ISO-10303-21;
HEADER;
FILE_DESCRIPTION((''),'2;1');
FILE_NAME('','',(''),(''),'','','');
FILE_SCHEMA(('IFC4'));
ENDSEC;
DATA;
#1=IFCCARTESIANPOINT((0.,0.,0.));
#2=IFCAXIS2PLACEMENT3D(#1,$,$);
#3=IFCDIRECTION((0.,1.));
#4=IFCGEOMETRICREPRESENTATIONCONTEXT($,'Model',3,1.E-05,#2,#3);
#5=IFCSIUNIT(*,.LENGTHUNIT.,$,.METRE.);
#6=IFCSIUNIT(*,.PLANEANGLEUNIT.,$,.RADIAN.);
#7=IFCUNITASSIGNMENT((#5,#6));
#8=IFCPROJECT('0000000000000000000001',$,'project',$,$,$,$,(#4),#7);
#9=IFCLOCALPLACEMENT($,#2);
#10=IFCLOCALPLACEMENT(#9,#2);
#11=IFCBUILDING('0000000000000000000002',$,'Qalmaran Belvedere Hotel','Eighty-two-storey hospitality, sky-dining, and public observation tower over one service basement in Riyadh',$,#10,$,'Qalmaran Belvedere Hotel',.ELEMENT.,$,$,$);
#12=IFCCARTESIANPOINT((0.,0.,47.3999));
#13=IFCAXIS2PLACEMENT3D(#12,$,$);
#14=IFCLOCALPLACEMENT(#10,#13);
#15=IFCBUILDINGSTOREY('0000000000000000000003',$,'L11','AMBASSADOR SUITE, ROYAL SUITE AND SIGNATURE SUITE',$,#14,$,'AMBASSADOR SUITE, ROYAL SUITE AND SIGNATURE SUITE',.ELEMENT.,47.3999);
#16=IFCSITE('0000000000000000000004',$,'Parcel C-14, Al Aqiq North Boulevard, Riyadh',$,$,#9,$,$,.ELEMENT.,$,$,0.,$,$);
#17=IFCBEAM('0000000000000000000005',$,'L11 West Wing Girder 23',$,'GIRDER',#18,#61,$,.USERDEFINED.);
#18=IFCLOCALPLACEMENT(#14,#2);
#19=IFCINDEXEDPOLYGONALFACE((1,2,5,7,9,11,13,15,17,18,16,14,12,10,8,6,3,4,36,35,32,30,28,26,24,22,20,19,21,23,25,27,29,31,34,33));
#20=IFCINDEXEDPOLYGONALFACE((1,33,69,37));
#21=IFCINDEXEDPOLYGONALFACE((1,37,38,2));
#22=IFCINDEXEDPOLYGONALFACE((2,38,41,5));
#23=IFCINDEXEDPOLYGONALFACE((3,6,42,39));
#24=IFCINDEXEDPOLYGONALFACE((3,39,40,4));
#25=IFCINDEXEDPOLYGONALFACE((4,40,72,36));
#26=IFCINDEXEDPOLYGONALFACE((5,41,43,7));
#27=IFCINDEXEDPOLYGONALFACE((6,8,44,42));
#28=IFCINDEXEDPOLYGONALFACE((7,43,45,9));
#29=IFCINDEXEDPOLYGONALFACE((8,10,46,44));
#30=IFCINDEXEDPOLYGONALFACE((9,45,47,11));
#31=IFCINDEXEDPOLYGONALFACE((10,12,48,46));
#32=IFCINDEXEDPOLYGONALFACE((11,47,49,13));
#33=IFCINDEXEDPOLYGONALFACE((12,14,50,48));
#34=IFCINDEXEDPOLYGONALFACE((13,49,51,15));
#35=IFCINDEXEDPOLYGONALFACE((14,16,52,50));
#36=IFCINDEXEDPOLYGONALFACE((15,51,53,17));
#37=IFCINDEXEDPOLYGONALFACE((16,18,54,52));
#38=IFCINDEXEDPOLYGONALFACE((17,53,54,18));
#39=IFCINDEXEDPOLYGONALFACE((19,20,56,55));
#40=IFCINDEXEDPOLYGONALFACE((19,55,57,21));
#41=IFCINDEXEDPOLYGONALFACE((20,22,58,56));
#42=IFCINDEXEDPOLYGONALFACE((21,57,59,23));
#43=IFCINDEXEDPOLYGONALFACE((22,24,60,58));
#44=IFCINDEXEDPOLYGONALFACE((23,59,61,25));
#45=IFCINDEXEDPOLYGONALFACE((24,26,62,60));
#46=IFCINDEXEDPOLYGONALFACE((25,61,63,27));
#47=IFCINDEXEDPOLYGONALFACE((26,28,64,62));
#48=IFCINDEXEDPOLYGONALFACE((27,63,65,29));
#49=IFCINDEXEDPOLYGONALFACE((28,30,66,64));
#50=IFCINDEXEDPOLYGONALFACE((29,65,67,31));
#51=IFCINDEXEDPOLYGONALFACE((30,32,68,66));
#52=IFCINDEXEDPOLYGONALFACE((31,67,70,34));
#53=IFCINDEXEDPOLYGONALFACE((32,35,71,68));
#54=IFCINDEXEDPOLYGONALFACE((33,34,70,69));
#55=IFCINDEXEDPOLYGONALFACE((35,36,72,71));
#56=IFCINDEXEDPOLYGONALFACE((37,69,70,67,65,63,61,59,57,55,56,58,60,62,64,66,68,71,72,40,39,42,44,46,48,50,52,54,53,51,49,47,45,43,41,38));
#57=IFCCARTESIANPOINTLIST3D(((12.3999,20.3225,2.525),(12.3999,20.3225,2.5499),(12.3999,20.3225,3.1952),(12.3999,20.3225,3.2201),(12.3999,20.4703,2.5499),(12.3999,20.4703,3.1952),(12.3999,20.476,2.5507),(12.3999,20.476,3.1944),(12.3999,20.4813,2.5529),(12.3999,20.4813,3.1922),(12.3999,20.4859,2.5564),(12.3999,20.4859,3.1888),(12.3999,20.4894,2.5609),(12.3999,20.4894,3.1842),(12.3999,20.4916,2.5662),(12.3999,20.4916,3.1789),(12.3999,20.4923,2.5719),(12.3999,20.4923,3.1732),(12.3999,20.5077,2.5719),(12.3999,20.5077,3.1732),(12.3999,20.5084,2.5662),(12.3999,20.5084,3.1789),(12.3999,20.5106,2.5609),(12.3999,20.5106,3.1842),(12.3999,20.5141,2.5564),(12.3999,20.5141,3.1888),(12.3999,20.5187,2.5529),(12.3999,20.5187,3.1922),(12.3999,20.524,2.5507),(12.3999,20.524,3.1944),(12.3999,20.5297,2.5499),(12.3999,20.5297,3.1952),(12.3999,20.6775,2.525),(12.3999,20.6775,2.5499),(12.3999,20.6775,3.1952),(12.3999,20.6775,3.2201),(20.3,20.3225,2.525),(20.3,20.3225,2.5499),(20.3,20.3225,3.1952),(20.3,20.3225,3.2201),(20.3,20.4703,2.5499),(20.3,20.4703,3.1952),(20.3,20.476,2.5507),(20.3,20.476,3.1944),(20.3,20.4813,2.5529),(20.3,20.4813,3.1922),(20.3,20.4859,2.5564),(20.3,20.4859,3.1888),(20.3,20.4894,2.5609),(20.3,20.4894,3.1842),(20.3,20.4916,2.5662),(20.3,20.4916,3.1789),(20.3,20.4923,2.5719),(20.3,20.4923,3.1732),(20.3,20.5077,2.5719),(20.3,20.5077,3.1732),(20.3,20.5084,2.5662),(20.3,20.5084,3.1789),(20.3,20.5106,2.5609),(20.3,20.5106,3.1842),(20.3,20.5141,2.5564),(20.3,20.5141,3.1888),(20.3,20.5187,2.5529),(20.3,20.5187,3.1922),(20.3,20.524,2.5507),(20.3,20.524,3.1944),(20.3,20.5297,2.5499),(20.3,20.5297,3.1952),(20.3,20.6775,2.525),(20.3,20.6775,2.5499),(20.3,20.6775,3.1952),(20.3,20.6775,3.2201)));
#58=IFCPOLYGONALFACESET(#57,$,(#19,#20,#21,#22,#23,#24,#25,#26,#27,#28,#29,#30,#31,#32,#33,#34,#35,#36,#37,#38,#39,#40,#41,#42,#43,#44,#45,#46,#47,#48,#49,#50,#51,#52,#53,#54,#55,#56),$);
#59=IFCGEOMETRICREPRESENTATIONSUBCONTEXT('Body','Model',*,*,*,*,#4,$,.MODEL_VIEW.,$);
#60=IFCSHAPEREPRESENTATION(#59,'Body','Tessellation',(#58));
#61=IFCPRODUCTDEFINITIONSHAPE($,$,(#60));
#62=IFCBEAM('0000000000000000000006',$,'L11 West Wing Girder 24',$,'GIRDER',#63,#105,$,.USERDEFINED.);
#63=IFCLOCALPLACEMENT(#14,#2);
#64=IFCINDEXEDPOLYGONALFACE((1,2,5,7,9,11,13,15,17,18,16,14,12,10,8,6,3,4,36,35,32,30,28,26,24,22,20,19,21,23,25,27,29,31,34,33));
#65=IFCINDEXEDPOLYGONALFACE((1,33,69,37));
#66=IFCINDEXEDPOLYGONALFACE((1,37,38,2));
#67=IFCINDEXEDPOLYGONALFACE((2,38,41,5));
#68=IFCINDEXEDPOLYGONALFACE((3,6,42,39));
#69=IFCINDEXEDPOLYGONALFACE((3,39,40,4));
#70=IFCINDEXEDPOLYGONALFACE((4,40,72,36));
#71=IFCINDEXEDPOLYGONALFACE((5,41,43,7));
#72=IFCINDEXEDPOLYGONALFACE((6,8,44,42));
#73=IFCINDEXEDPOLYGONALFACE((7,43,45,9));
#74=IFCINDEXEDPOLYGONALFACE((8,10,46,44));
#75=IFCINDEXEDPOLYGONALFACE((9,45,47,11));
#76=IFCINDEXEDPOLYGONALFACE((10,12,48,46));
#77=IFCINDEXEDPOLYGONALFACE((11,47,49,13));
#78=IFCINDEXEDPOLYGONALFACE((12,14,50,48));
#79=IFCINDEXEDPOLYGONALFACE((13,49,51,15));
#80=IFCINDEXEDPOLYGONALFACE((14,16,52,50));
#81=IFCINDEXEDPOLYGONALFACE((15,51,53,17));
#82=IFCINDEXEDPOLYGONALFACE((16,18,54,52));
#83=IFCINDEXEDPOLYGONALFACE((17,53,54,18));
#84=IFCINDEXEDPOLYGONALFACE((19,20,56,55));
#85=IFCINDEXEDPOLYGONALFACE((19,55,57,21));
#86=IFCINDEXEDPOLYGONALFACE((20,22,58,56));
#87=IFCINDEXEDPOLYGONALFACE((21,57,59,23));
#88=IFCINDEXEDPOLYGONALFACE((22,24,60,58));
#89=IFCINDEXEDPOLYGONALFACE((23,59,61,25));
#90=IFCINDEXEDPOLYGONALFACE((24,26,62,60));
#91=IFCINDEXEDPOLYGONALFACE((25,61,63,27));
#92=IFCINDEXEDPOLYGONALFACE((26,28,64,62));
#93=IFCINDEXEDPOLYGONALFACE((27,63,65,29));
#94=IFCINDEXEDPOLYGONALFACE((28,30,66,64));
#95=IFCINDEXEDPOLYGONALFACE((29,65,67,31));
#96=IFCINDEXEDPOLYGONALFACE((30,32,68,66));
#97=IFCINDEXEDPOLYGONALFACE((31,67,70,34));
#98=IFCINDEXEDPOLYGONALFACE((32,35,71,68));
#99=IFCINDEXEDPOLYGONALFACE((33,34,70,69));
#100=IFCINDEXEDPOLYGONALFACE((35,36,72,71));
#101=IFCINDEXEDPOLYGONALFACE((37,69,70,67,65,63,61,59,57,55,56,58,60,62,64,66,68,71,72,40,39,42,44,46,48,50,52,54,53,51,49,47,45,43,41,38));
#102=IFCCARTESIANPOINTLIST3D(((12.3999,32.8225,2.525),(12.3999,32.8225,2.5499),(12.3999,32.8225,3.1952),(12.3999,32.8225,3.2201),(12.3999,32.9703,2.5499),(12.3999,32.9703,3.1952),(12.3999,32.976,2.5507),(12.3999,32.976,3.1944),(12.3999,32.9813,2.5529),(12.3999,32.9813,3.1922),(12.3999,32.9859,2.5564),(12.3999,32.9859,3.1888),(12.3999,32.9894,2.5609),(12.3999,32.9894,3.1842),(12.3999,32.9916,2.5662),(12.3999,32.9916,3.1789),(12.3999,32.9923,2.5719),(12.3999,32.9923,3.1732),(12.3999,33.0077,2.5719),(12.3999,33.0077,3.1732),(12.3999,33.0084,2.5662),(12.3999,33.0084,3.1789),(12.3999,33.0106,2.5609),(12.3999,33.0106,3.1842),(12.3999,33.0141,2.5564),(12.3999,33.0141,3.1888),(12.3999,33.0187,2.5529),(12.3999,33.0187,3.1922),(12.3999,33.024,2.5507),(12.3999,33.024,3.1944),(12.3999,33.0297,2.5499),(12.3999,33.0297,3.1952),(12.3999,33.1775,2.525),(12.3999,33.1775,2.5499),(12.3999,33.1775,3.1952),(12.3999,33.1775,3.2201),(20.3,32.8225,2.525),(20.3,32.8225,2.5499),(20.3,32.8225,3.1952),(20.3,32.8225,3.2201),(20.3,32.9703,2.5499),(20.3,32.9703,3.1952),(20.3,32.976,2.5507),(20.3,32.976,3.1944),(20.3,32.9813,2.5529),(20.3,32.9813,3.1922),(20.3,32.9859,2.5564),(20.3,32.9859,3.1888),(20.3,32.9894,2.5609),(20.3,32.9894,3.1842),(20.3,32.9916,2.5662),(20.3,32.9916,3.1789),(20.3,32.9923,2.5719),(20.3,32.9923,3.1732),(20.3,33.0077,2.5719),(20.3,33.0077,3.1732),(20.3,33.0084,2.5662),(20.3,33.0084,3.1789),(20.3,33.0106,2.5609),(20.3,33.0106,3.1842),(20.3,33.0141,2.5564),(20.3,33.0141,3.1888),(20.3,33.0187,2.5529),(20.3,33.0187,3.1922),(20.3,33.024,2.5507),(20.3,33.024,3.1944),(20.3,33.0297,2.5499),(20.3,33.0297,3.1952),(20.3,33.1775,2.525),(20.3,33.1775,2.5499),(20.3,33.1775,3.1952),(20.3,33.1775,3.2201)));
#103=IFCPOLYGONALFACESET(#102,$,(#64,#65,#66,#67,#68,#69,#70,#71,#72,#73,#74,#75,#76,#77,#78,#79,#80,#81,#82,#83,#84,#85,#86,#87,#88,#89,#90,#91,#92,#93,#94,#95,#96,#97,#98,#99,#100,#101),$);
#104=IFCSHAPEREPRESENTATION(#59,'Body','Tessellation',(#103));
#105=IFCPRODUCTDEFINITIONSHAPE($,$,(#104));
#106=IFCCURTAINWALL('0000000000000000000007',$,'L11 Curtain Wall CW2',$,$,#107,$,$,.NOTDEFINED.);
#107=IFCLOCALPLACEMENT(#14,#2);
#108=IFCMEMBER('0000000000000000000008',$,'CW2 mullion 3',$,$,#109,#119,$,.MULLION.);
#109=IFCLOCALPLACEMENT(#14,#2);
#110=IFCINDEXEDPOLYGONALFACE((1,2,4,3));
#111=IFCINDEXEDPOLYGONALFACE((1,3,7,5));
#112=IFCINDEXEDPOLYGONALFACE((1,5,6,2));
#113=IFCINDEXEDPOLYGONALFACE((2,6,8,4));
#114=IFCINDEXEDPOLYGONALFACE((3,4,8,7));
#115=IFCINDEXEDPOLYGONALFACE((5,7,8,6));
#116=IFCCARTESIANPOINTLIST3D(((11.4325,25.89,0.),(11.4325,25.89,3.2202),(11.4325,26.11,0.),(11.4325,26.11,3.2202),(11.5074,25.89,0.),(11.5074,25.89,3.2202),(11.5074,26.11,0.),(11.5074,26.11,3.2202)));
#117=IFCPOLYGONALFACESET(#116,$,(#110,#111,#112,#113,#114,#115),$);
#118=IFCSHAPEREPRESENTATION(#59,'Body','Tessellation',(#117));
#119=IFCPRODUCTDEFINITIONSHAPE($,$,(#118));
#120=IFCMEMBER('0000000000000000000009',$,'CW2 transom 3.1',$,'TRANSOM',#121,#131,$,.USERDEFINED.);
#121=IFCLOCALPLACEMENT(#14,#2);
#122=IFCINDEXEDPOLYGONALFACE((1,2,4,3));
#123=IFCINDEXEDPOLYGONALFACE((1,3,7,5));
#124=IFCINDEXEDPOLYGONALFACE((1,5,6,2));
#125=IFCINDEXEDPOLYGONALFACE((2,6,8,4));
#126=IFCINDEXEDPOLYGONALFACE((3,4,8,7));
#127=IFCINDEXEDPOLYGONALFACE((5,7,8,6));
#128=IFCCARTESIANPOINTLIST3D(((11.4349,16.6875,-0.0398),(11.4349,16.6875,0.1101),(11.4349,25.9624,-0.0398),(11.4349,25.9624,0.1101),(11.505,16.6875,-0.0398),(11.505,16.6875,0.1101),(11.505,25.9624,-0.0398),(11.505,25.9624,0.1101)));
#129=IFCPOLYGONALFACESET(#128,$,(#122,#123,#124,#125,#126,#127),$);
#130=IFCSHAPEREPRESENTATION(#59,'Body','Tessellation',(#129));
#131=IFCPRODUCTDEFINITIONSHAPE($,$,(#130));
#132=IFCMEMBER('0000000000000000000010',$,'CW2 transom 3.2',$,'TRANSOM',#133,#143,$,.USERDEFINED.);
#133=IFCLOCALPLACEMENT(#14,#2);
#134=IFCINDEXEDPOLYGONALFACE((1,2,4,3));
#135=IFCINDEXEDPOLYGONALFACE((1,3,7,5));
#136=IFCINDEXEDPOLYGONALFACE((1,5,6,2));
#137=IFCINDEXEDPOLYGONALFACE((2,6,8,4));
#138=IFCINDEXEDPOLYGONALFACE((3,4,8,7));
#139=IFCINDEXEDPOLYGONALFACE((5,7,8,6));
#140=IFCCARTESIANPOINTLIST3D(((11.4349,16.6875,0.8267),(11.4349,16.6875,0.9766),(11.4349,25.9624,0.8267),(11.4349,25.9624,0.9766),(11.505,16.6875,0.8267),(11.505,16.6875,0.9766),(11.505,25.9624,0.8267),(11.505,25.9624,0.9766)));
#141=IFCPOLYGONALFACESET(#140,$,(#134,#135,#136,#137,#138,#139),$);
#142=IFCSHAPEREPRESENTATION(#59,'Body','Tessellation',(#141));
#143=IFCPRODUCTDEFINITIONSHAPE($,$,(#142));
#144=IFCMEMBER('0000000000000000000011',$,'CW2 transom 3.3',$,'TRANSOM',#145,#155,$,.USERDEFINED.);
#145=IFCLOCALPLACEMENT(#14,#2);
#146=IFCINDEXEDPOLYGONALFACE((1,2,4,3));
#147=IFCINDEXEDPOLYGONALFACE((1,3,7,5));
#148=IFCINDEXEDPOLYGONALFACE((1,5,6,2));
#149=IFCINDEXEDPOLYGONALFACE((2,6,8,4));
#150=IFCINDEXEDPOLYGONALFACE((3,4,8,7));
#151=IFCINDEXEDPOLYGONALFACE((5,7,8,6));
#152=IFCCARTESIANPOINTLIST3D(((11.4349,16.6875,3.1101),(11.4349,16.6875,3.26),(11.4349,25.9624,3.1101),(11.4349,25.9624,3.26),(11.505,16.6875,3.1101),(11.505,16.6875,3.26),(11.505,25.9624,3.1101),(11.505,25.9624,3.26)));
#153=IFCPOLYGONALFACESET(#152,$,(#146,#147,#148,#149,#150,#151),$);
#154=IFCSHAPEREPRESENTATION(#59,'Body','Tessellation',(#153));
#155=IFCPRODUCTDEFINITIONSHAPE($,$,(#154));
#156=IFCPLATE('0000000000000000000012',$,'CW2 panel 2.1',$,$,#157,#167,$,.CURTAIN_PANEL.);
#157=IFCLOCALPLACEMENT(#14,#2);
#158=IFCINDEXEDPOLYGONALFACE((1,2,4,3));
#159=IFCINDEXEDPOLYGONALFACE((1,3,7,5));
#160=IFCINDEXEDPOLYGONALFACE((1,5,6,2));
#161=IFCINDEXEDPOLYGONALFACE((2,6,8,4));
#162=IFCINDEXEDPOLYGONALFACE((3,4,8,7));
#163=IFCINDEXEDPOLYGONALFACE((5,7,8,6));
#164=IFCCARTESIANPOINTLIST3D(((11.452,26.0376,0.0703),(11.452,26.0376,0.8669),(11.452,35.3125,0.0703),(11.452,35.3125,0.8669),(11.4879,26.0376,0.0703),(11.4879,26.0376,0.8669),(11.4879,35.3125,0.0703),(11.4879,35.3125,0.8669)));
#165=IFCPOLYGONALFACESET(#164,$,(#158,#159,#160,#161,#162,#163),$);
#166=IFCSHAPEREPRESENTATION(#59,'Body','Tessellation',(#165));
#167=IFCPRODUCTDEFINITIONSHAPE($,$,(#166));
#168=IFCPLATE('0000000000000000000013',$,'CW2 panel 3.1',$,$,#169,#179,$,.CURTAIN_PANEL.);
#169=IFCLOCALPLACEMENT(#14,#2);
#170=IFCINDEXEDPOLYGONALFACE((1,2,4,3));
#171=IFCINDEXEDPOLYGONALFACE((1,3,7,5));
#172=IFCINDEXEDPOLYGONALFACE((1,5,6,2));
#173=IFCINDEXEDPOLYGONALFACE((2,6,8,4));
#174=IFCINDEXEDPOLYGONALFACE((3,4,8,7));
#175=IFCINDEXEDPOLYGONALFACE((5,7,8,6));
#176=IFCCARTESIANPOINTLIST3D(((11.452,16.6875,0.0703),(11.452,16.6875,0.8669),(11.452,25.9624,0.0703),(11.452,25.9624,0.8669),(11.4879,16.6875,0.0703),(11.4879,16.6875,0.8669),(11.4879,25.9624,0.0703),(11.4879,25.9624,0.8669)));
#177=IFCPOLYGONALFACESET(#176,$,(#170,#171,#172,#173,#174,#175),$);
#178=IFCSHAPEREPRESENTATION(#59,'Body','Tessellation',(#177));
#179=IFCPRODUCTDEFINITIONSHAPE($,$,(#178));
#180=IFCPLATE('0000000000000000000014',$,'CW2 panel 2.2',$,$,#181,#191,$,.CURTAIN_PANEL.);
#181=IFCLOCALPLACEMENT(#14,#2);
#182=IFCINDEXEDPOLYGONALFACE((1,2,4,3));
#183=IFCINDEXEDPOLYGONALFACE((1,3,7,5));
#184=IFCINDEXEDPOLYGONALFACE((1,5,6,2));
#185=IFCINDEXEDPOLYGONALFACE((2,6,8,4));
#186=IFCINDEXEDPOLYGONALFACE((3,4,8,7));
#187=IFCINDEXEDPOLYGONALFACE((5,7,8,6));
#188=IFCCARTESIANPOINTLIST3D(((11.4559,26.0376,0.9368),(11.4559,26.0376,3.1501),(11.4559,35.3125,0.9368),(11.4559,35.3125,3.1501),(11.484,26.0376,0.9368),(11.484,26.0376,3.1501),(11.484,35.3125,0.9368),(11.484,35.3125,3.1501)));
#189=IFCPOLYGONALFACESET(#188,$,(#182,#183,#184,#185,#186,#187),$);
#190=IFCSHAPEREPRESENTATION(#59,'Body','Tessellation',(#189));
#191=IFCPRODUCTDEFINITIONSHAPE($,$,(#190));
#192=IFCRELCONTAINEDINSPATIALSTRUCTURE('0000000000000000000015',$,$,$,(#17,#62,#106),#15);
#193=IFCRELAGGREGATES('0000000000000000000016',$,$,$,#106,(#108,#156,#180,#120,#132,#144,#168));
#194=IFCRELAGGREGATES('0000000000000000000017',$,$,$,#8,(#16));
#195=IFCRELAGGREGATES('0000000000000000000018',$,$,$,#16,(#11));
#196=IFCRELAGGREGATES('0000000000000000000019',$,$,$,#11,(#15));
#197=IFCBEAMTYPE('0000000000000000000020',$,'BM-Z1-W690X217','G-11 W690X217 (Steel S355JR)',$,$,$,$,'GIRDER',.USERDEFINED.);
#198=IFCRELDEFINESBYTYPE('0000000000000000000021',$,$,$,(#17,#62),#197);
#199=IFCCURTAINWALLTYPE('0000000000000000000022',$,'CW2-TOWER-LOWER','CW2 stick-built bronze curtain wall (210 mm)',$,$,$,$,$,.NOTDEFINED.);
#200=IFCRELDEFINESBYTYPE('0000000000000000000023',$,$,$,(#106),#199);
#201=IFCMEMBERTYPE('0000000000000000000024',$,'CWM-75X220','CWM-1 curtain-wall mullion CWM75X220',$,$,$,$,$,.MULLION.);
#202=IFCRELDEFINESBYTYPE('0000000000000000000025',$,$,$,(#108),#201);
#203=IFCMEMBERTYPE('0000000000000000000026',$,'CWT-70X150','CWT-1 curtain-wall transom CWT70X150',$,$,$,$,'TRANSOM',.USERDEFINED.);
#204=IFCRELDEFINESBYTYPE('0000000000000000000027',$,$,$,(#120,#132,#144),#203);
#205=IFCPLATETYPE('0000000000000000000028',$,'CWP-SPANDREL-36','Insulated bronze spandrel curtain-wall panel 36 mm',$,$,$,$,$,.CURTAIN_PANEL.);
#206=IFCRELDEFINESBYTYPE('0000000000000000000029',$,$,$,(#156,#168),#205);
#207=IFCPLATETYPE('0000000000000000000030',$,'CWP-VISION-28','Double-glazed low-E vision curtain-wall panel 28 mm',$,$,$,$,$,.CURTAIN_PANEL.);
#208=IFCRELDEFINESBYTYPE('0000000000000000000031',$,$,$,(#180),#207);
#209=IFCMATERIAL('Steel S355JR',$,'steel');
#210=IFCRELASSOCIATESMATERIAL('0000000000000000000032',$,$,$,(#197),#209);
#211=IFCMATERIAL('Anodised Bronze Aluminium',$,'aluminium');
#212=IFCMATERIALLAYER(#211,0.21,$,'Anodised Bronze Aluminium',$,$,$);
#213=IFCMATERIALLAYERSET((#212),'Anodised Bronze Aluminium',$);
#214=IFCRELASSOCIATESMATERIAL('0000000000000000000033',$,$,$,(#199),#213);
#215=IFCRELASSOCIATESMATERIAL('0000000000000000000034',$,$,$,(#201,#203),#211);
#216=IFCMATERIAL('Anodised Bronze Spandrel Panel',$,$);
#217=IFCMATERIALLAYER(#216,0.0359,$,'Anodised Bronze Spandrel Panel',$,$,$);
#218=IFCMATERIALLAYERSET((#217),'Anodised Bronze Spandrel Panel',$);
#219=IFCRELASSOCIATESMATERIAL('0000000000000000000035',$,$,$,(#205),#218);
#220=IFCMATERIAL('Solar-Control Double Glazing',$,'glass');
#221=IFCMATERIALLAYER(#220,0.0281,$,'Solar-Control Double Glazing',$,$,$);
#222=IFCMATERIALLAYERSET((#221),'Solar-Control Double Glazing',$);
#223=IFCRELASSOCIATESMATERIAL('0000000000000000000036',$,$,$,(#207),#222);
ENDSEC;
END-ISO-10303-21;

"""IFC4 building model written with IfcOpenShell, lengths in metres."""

from ifc_helpers import new_model, si_unit, direction, frame, origin, origin_2d, place, context, subcontext, project, spatial, rectangle, i_section, extrude, material, layer, layer_set, material_profile, profile_set, type_object, element, aggregate, save


model = new_model("IFC4")

# Units and contexts
model_context = context("Model", 3, precision=1e-05, world=origin(), true_north=direction((0.0, 1.0)))
body_context = subcontext(model_context, "Body", "Model", "MODEL_VIEW")
ifc_project = project(units=[si_unit("LENGTHUNIT", "METRE"), si_unit("PLANEANGLEUNIT", "RADIAN")], contexts=[model_context])

# Site, building, storey
site_placement = place(None, origin())
site = spatial("IfcSite", under=ifc_project, at=site_placement, Name="Parcel C-14, Al Aqiq North Boulevard, Riyadh", CompositionType="ELEMENT", RefElevation=0.0)
building_placement = place(site_placement, origin())
building = spatial("IfcBuilding", under=site, at=building_placement, Name="Qalmaran Belvedere Hotel", Description="Eighty-two-storey hospitality, sky-dining, and public observation tower over one service basement in Riyadh", LongName="Qalmaran Belvedere Hotel", CompositionType="ELEMENT")
storey_placement = place(building_placement, frame((0.0, 0.0, 47.3999)))
storey = spatial("IfcBuildingStorey", under=building, at=storey_placement, Name="L11", Description="AMBASSADOR SUITE, ROYAL SUITE AND SIGNATURE SUITE", LongName="AMBASSADOR SUITE, ROYAL SUITE AND SIGNATURE SUITE", CompositionType="ELEMENT", Elevation=47.3999)

# Beams
ifc_material_1 = material(Name="Steel S355JR", Category="steel")
ifc_material_profile_1 = material_profile(ifc_material_1, i_section(OverallWidth=0.355, OverallDepth=0.6951, WebThickness=0.0154, FlangeThickness=0.0249, FilletRadius=0.022, at=origin_2d()), Name="W690X217")
ifc_profile_set_1 = profile_set([ifc_material_profile_1], Name="Steel S355JR")
beam_type_1 = type_object("IfcBeamType", Name="BM-Z1-W690X217", Description="G-11 W690X217 (Steel S355JR)", ElementType="GIRDER", PredefinedType="USERDEFINED", material=ifc_profile_set_1)
for number, where, z_axis, x_axis, name in (
    (1, (12.3999, 20.5, 2.8726), (1.0, 0.0, 0.0), (0.0, 1.0, 0.0), "L11 West Wing Girder 23"),
    (2, (12.3999, 33.0, 2.8726), (1.0, 0.0, 0.0), (0.0, 1.0, 0.0), "L11 West Wing Girder 24"),
):
    element("IfcBeam", number, at=place(storey_placement, frame(where, z_axis=z_axis, x_axis=x_axis)), inside=storey, type_object=beam_type_1, Name=name, ObjectType="GIRDER", PredefinedType="USERDEFINED", context=body_context, shape_type="SweptSolid", body=[
        extrude(i_section(OverallWidth=0.355, OverallDepth=0.6951, WebThickness=0.0154, FlangeThickness=0.0249, FilletRadius=0.022, at=origin_2d()), origin(), (0.0, 0.0, 1.0), 7.9001),
    ])

# Curtain wall, members, plates
ifc_material_2 = material(Name="Anodised Bronze Aluminium", Category="aluminium")
ifc_layer_1 = layer(ifc_material_2, 0.21, Name="Anodised Bronze Aluminium")
ifc_layer_set_1 = layer_set([ifc_layer_1], Name="Anodised Bronze Aluminium")
curtain_wall_type = type_object("IfcCurtainWallType", Name="CW2-TOWER-LOWER", Description="CW2 stick-built bronze curtain wall (210 mm)", PredefinedType="NOTDEFINED", material=ifc_layer_set_1)
curtain_wall_placement = place(storey_placement, origin())
curtain_wall = element("IfcCurtainWall", 3, at=curtain_wall_placement, inside=storey, type_object=curtain_wall_type, Name="L11 Curtain Wall CW2", PredefinedType="NOTDEFINED")
ifc_material_profile_2 = material_profile(ifc_material_2, rectangle(XDim=0.075, YDim=0.22, at=origin_2d()), Name="CWM75X220")
ifc_profile_set_2 = profile_set([ifc_material_profile_2], Name="Anodised Bronze Aluminium")
member_type_1 = type_object("IfcMemberType", Name="CWM-75X220", Description="CWM-1 curtain-wall mullion CWM75X220", PredefinedType="MULLION", material=ifc_profile_set_2)
member_1_placement = place(storey_placement, frame((11.47, 26.0, 0.0), z_axis=(0.0, 0.0, 1.0), x_axis=(1.0, 0.0, 0.0)))
member_1 = element("IfcMember", 4, at=member_1_placement, type_object=member_type_1, Name="CW2 mullion 3", PredefinedType="MULLION", context=body_context, shape_type="SweptSolid", body=[
    extrude(rectangle(XDim=0.075, YDim=0.22, at=origin_2d()), origin(), (0.0, 0.0, 1.0), 3.2202),
])
ifc_material_profile_3 = material_profile(ifc_material_2, rectangle(XDim=0.0701, YDim=0.1499, at=origin_2d()), Name="CWT70X150")
ifc_profile_set_3 = profile_set([ifc_material_profile_3], Name="Anodised Bronze Aluminium")
member_type_2 = type_object("IfcMemberType", Name="CWT-70X150", Description="CWT-1 curtain-wall transom CWT70X150", ElementType="TRANSOM", PredefinedType="USERDEFINED", material=ifc_profile_set_3)
member_2_placement = place(storey_placement, frame((11.47, 25.9624, 0.0352), z_axis=(0.0, -1.0, 0.0), x_axis=(1.0, 0.0, 0.0)))
member_2 = element("IfcMember", 5, at=member_2_placement, type_object=member_type_2, Name="CW2 transom 3.1", ObjectType="TRANSOM", PredefinedType="USERDEFINED", context=body_context, shape_type="SweptSolid", body=[
    extrude(rectangle(XDim=0.0701, YDim=0.1499, at=origin_2d()), origin(), (0.0, 0.0, 1.0), 9.2749),
])
member_3_placement = place(storey_placement, frame((11.47, 25.9624, 0.9016), z_axis=(0.0, -1.0, 0.0), x_axis=(1.0, 0.0, 0.0)))
member_3 = element("IfcMember", 6, at=member_3_placement, type_object=member_type_2, Name="CW2 transom 3.2", ObjectType="TRANSOM", PredefinedType="USERDEFINED", context=body_context, shape_type="SweptSolid", body=[
    extrude(rectangle(XDim=0.0701, YDim=0.1499, at=origin_2d()), origin(), (0.0, 0.0, 1.0), 9.2749),
])
member_4_placement = place(storey_placement, frame((11.47, 25.9624, 3.1851), z_axis=(0.0, -1.0, 0.0), x_axis=(1.0, 0.0, 0.0)))
member_4 = element("IfcMember", 7, at=member_4_placement, type_object=member_type_2, Name="CW2 transom 3.3", ObjectType="TRANSOM", PredefinedType="USERDEFINED", context=body_context, shape_type="SweptSolid", body=[
    extrude(rectangle(XDim=0.0701, YDim=0.1499, at=origin_2d()), origin(), (0.0, 0.0, 1.0), 9.2749),
])
ifc_material_3 = material(Name="Anodised Bronze Spandrel Panel")
ifc_layer_2 = layer(ifc_material_3, 0.0359, Name="Anodised Bronze Spandrel Panel")
ifc_layer_set_2 = layer_set([ifc_layer_2], Name="Anodised Bronze Spandrel Panel")
plate_type_1 = type_object("IfcPlateType", Name="CWP-SPANDREL-36", Description="Insulated bronze spandrel curtain-wall panel 36 mm", PredefinedType="CURTAIN_PANEL", material=ifc_layer_set_2)
plate_1_placement = place(storey_placement, frame((11.47, 30.675, 0.0703), z_axis=(0.0, 0.0, 1.0), x_axis=(0.0, -1.0, 0.0)))
plate_1 = element("IfcPlate", 8, at=plate_1_placement, type_object=plate_type_1, Name="CW2 panel 2.1", PredefinedType="CURTAIN_PANEL", context=body_context, shape_type="SweptSolid", body=[
    extrude(rectangle(XDim=9.2749, YDim=0.0359, at=origin_2d()), origin(), (0.0, 0.0, 1.0), 0.7966),
])
plate_2_placement = place(storey_placement, frame((11.47, 21.325, 0.0703), z_axis=(0.0, 0.0, 1.0), x_axis=(0.0, -1.0, 0.0)))
plate_2 = element("IfcPlate", 9, at=plate_2_placement, type_object=plate_type_1, Name="CW2 panel 3.1", PredefinedType="CURTAIN_PANEL", context=body_context, shape_type="SweptSolid", body=[
    extrude(rectangle(XDim=9.2749, YDim=0.0359, at=origin_2d()), origin(), (0.0, 0.0, 1.0), 0.7966),
])
ifc_material_4 = material(Name="Solar-Control Double Glazing", Category="glass")
ifc_layer_3 = layer(ifc_material_4, 0.0281, Name="Solar-Control Double Glazing")
ifc_layer_set_3 = layer_set([ifc_layer_3], Name="Solar-Control Double Glazing")
plate_type_2 = type_object("IfcPlateType", Name="CWP-VISION-28", Description="Double-glazed low-E vision curtain-wall panel 28 mm", PredefinedType="CURTAIN_PANEL", material=ifc_layer_set_3)
plate_3_placement = place(storey_placement, frame((11.47, 30.675, 0.9368), z_axis=(0.0, 0.0, 1.0), x_axis=(0.0, -1.0, 0.0)))
plate_3 = element("IfcPlate", 10, at=plate_3_placement, type_object=plate_type_2, Name="CW2 panel 2.2", PredefinedType="CURTAIN_PANEL", context=body_context, shape_type="SweptSolid", body=[
    extrude(rectangle(XDim=9.2749, YDim=0.0281, at=origin_2d()), origin(), (0.0, 0.0, 1.0), 2.2134),
])
aggregate(curtain_wall, [member_1, plate_1, plate_3, member_2, member_3, member_4, plate_2])

save(model, "model.ifc")
